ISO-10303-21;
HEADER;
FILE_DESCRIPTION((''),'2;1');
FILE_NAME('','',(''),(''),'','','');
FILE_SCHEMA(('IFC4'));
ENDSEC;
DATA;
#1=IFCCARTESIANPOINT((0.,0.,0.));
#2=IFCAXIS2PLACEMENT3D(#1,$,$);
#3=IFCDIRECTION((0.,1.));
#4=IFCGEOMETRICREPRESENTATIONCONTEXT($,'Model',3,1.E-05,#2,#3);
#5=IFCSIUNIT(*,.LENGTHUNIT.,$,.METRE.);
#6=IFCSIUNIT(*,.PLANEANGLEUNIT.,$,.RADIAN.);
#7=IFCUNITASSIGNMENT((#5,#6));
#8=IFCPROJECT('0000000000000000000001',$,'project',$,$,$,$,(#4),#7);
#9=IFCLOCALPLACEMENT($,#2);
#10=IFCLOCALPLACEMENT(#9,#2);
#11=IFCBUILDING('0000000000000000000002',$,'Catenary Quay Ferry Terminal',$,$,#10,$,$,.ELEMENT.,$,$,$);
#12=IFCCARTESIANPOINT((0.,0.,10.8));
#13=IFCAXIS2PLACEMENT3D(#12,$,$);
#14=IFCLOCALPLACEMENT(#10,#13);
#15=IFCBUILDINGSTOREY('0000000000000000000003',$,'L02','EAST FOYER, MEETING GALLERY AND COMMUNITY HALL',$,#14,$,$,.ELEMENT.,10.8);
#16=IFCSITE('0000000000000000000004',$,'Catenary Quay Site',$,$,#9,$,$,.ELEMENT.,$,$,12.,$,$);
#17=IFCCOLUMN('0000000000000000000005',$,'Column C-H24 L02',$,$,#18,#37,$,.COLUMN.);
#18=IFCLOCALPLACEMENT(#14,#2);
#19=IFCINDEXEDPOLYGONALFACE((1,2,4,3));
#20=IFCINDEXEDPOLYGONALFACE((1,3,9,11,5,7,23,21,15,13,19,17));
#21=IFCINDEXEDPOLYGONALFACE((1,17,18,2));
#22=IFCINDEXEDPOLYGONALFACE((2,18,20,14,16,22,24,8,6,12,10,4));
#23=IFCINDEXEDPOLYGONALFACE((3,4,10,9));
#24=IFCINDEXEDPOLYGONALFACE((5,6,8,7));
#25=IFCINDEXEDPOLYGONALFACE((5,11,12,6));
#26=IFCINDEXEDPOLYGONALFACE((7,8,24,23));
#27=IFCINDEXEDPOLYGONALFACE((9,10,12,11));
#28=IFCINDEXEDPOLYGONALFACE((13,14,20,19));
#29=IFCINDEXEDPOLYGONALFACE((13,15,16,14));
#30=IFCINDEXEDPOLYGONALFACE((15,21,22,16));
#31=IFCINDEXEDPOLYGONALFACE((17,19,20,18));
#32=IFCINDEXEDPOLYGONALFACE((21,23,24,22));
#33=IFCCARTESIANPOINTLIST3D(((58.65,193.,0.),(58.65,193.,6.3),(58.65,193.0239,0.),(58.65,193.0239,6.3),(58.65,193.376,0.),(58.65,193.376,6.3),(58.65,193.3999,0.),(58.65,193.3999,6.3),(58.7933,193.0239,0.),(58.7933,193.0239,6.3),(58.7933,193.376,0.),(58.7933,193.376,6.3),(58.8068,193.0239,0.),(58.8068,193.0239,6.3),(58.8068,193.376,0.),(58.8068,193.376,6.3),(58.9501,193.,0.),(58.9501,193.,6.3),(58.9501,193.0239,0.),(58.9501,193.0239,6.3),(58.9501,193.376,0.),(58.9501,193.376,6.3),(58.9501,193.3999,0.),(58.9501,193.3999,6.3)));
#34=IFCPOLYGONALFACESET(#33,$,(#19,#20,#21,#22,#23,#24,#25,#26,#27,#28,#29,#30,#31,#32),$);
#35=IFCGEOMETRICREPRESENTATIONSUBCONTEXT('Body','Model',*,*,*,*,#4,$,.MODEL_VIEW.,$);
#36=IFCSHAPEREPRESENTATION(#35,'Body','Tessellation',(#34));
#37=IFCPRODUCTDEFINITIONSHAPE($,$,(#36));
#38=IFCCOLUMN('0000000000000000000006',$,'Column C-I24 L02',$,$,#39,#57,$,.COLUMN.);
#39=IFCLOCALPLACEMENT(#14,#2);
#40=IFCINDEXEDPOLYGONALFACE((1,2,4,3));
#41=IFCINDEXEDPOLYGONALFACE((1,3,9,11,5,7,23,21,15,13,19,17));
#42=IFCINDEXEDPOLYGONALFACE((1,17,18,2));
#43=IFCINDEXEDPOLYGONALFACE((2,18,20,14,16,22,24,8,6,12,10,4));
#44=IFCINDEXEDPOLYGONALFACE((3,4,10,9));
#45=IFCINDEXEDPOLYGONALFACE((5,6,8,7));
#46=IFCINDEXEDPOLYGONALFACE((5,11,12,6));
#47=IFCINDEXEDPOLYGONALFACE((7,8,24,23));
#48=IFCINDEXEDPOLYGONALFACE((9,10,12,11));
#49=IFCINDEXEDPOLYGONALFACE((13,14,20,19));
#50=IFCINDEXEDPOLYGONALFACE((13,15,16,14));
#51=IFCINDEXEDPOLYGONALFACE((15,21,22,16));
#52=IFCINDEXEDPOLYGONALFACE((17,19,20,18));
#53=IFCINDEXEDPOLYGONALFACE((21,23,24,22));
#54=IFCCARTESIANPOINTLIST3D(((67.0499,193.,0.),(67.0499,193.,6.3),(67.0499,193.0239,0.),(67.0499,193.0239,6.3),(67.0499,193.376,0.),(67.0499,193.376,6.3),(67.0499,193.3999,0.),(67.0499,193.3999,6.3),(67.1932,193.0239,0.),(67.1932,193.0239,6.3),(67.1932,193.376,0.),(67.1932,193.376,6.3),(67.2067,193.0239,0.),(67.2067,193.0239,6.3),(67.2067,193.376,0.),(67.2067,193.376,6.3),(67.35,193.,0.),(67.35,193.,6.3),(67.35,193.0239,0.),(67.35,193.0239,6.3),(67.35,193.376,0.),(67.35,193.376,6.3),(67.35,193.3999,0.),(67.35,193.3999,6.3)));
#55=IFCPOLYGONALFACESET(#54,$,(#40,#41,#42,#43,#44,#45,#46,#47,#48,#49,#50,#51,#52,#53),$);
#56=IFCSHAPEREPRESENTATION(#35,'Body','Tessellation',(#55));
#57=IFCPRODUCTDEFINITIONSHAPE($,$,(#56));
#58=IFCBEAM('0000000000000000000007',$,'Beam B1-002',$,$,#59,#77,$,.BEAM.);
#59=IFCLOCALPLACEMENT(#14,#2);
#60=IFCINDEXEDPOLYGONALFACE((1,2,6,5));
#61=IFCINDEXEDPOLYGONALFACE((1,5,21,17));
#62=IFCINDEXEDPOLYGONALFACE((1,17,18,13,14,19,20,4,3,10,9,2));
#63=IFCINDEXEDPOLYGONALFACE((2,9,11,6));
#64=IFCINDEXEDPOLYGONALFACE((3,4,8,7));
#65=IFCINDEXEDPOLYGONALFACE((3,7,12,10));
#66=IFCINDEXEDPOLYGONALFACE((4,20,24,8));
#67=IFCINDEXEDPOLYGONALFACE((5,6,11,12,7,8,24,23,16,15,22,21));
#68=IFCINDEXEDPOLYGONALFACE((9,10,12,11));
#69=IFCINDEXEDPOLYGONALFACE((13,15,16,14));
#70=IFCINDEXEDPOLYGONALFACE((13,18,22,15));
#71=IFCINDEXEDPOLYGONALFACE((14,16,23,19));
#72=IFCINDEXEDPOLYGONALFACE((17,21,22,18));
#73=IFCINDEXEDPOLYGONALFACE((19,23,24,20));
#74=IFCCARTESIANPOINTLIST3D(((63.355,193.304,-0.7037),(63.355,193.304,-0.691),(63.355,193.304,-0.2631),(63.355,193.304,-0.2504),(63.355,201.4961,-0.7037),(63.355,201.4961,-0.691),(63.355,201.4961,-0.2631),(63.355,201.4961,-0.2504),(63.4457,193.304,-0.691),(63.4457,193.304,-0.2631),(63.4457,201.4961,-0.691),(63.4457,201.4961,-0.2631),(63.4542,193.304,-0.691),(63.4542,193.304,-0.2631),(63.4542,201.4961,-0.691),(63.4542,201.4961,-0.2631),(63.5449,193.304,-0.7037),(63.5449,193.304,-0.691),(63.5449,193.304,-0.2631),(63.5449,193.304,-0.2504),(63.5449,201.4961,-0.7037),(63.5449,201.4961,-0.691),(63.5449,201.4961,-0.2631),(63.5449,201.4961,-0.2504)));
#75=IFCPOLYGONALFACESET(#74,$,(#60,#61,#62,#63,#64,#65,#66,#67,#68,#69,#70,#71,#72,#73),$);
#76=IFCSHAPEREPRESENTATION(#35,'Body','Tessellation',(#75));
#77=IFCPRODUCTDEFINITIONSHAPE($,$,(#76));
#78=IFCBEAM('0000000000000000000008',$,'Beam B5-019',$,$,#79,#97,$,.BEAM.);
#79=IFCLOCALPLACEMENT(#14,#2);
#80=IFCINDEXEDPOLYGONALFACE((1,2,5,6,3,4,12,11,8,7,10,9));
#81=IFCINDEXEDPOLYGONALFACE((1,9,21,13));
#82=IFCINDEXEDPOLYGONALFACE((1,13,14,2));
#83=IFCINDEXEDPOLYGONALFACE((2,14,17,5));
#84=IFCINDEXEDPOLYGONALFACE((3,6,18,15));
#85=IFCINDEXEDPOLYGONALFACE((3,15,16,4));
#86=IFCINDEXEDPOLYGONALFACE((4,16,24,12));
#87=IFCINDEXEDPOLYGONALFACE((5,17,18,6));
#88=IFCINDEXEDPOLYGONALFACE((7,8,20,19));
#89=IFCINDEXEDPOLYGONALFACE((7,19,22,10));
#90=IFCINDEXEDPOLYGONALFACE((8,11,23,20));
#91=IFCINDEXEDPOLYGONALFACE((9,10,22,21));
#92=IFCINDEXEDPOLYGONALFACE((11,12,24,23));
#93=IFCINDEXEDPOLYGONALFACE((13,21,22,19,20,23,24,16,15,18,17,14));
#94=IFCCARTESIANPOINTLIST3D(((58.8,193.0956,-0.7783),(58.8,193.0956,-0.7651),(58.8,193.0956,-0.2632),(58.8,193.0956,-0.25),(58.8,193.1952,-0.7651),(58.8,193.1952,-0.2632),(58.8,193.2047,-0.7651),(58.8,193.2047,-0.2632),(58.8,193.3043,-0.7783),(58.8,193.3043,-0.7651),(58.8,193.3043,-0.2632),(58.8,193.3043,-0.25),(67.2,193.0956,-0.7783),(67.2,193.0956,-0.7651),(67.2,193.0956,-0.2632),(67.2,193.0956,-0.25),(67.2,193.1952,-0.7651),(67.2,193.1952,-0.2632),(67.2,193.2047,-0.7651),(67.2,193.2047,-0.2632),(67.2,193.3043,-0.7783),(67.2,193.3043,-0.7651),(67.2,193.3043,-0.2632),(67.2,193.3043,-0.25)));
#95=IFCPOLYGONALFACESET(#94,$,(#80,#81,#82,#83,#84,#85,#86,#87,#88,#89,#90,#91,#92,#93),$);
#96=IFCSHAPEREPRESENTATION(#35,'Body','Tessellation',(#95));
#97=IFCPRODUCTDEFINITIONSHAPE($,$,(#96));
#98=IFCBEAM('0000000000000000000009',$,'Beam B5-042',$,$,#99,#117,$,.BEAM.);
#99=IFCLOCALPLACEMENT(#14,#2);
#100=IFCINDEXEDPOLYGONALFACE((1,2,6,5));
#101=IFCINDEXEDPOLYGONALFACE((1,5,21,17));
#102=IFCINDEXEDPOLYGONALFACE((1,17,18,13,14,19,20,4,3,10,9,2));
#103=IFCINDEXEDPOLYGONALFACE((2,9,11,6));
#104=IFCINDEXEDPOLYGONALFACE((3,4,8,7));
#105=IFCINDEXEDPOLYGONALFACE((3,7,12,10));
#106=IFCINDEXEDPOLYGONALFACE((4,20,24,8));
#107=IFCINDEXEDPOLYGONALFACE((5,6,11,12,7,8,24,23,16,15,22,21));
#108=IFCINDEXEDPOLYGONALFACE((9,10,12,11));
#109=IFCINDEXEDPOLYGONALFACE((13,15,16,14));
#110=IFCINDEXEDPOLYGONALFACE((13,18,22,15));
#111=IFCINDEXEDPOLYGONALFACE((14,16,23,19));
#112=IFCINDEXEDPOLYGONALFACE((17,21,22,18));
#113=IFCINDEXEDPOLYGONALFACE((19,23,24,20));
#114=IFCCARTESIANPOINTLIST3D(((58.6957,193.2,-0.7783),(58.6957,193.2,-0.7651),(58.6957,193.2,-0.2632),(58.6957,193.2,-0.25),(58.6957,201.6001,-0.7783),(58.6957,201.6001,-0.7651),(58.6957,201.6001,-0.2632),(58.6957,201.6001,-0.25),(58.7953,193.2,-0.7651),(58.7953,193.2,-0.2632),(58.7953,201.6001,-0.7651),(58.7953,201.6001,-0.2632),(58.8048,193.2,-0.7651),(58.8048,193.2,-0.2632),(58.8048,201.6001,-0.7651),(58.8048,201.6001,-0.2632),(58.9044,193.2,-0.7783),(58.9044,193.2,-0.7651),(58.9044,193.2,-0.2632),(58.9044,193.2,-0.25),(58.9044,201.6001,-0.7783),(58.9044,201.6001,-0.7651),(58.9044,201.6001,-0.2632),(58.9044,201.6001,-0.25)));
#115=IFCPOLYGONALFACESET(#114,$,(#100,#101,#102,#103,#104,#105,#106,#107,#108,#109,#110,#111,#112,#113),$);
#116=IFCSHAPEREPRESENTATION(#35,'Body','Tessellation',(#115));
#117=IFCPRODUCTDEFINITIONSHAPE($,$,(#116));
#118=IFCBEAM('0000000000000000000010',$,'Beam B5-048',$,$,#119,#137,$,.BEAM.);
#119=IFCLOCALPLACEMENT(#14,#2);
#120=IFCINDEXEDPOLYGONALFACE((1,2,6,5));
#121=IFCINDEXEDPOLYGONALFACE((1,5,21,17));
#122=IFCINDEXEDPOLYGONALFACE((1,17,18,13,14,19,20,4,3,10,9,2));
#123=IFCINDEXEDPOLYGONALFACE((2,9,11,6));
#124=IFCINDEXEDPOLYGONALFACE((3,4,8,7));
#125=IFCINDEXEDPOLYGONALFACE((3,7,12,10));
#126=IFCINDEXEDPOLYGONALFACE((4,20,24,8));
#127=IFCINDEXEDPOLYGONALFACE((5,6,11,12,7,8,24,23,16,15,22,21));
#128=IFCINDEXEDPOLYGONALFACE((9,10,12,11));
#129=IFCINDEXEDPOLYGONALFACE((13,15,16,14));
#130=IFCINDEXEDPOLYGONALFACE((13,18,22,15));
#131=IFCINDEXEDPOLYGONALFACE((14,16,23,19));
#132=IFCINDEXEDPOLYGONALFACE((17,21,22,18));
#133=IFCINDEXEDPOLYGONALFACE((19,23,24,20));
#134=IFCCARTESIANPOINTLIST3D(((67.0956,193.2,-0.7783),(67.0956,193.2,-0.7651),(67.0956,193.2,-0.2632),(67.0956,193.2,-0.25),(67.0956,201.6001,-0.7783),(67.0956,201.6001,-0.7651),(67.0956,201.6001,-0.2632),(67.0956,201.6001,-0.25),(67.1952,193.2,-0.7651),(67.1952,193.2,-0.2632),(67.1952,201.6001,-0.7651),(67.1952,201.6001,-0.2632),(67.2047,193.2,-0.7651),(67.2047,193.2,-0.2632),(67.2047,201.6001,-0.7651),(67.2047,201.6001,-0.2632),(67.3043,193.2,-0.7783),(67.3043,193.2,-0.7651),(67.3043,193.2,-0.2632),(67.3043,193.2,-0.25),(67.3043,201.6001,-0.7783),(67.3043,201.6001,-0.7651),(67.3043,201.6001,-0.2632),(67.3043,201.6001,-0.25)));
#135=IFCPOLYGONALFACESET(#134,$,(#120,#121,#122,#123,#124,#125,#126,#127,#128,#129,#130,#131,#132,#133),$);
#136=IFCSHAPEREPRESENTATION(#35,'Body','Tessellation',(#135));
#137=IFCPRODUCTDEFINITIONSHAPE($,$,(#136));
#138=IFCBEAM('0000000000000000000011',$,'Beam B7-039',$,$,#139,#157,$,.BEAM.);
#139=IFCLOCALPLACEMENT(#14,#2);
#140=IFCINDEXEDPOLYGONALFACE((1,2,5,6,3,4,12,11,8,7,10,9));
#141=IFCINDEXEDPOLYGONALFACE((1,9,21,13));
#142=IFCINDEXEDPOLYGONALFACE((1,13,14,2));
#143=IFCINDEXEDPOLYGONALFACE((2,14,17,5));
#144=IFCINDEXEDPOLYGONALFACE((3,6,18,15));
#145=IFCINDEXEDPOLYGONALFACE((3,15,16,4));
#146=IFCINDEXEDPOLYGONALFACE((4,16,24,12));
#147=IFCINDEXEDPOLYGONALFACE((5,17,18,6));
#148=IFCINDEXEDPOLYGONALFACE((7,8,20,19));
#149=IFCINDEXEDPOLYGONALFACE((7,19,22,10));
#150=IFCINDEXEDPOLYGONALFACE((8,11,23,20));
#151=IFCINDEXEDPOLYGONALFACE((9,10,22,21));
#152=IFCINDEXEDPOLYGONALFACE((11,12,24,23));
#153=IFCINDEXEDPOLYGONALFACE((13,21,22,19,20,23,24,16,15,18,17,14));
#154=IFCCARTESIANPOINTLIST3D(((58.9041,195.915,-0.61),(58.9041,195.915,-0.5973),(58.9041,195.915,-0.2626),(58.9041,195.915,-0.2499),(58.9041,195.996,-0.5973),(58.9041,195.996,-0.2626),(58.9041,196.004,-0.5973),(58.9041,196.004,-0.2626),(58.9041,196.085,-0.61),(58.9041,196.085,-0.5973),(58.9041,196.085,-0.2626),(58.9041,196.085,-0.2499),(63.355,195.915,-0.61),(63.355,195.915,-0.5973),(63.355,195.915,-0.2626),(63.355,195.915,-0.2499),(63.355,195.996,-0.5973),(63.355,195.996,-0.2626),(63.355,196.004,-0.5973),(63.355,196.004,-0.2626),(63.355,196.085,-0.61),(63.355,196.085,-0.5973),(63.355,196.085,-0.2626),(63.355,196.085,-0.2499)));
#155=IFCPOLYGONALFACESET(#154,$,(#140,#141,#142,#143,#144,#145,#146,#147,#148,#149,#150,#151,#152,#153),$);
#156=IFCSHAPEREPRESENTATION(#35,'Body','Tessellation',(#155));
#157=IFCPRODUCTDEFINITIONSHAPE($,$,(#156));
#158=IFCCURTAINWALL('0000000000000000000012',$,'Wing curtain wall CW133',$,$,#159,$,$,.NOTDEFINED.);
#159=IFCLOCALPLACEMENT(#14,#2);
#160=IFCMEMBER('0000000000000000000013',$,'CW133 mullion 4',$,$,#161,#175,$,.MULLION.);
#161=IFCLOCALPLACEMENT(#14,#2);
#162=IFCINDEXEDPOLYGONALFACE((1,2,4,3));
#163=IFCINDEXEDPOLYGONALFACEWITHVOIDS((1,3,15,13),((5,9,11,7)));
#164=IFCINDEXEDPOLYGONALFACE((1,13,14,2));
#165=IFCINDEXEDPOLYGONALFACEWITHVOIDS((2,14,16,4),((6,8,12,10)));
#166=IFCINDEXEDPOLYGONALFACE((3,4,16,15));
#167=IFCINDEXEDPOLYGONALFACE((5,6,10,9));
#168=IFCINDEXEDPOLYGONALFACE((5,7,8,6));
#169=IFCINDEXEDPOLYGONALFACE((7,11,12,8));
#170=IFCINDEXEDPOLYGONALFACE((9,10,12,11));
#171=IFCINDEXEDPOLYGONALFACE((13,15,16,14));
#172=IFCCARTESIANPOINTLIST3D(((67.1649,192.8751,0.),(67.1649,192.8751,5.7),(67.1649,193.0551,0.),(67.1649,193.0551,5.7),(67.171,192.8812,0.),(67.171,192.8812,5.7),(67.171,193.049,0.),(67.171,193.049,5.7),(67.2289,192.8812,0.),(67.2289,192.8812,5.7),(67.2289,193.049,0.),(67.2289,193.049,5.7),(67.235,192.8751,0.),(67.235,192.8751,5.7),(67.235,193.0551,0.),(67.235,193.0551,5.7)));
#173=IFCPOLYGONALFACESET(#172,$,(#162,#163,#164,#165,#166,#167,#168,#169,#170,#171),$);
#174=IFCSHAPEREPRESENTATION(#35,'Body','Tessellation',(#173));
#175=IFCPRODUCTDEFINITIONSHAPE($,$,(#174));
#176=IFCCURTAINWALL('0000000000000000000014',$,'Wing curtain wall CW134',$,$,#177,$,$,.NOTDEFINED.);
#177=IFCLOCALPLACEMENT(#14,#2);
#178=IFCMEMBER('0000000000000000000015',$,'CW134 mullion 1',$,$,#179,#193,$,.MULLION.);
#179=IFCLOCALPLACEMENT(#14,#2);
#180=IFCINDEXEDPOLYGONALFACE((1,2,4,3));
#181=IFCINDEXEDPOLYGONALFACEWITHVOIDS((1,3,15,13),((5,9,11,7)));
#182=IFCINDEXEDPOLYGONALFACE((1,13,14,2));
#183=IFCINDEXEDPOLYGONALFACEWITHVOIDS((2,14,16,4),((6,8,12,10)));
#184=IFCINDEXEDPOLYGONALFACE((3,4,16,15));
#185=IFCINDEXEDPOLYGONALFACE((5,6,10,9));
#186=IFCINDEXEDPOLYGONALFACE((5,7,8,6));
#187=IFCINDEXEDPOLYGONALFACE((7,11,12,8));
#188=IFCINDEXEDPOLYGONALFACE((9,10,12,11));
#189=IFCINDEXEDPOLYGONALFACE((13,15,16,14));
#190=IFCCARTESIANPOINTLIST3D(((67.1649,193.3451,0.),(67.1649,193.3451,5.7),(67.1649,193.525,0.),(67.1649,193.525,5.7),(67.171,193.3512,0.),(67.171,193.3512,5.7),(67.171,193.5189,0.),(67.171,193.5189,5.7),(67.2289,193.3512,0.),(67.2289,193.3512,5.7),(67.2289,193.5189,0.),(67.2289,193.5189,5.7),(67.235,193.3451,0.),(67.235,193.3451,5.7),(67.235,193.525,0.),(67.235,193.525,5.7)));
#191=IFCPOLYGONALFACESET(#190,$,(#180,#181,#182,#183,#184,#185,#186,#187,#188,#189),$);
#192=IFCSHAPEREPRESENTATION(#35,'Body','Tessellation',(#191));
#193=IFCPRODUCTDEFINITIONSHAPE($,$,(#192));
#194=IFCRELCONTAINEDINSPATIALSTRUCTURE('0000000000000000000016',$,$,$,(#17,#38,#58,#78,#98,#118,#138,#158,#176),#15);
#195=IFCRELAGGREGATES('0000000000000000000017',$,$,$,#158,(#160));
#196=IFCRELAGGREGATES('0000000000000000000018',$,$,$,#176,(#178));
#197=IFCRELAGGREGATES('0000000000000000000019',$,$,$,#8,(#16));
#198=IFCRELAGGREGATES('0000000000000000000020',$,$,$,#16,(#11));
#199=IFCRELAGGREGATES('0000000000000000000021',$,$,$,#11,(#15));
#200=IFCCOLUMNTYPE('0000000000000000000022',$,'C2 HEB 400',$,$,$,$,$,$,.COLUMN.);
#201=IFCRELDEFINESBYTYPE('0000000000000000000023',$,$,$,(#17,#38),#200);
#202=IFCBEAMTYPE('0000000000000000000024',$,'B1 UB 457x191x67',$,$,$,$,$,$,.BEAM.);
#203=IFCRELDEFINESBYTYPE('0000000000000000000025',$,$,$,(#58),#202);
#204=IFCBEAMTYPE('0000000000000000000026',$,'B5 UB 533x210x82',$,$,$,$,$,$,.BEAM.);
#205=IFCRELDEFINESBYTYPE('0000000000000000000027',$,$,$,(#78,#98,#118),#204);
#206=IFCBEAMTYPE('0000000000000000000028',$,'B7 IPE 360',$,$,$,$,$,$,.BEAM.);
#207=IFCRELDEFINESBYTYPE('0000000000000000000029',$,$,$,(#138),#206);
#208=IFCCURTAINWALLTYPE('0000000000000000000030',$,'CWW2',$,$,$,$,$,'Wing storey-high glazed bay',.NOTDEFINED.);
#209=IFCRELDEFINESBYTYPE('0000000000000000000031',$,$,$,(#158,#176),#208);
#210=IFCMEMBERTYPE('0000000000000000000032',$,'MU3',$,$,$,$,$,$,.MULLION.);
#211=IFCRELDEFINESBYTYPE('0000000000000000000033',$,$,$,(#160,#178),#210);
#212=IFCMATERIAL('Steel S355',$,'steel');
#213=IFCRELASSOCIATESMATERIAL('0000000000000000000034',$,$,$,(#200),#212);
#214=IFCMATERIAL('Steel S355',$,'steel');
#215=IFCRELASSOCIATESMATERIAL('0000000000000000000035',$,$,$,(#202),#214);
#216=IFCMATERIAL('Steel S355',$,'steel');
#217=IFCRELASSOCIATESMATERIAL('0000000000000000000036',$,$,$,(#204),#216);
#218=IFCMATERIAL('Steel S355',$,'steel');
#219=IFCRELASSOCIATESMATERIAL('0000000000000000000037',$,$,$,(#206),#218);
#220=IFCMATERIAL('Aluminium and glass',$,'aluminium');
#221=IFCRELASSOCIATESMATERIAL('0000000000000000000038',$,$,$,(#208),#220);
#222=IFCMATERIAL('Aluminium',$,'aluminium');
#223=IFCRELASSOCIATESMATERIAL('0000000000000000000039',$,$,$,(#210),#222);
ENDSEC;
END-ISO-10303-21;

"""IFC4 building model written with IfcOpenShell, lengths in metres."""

from ifc_helpers import new_model, si_unit, direction, frame, origin, origin_2d, place, context, subcontext, project, spatial, hollow_rectangle, i_section, extrude, material, material_profile, profile_set, type_object, element, aggregate, save


model = new_model("IFC4")

# Units and contexts
model_context = context("Model", 3, precision=1e-05, world=origin(), true_north=direction((0.0, 1.0)))
body_context = subcontext(model_context, "Body", "Model", "MODEL_VIEW")
ifc_project = project(units=[si_unit("LENGTHUNIT", "METRE"), si_unit("PLANEANGLEUNIT", "RADIAN")], contexts=[model_context])

# Site, building, storey
site_placement = place(None, origin())
site = spatial("IfcSite", under=ifc_project, at=site_placement, Name="Catenary Quay Site", CompositionType="ELEMENT", RefElevation=12.0)
building_placement = place(site_placement, origin())
building = spatial("IfcBuilding", under=site, at=building_placement, Name="Catenary Quay Ferry Terminal", CompositionType="ELEMENT")
storey_placement = place(building_placement, frame((0.0, 0.0, 10.8)))
storey = spatial("IfcBuildingStorey", under=building, at=storey_placement, Name="L02", Description="EAST FOYER, MEETING GALLERY AND COMMUNITY HALL", CompositionType="ELEMENT", Elevation=10.8)

# Columns
ifc_material_1 = material(Name="Steel S355", Category="steel")
ifc_material_profile_1 = material_profile(ifc_material_1, i_section(OverallWidth=0.3, OverallDepth=0.3999, WebThickness=0.0134, FlangeThickness=0.0239, at=origin_2d()), Name="HEB 400")
ifc_profile_set_1 = profile_set([ifc_material_profile_1], Name="Steel S355")
column_type = type_object("IfcColumnType", Name="C2 HEB 400", PredefinedType="COLUMN", material=ifc_profile_set_1)
for number, where, z_axis, x_axis, name in (
    (1, (58.8, 193.2, 0.0), (0.0, 0.0, 1.0), (1.0, 0.0, 0.0), "Column C-H24 L02"),
    (2, (67.2, 193.2, 0.0), (0.0, 0.0, 1.0), (1.0, 0.0, 0.0), "Column C-I24 L02"),
):
    element("IfcColumn", number, at=place(storey_placement, frame(where, z_axis=z_axis, x_axis=x_axis)), inside=storey, type_object=column_type, Name=name, PredefinedType="COLUMN", context=body_context, shape_type="SweptSolid", body=[
        extrude(i_section(OverallWidth=0.3, OverallDepth=0.3999, WebThickness=0.0134, FlangeThickness=0.0239, at=origin_2d()), origin(), (0.0, 0.0, 1.0), 6.3),
    ])

# Beams
ifc_material_2 = material(Name="Steel S355", Category="steel")
ifc_material_profile_2 = material_profile(ifc_material_2, i_section(OverallWidth=0.1899, OverallDepth=0.4534, WebThickness=0.0085, FlangeThickness=0.0127, at=origin_2d()), Name="UB 457x191x67")
ifc_profile_set_2 = profile_set([ifc_material_profile_2], Name="Steel S355")
beam_type_1 = type_object("IfcBeamType", Name="B1 UB 457x191x67", PredefinedType="BEAM", material=ifc_profile_set_2)
beam_1_placement = place(storey_placement, frame((63.45, 193.304, -0.4771), z_axis=(0.0, 1.0, 0.0), x_axis=(-1.0, 0.0, 0.0)))
element("IfcBeam", 3, at=beam_1_placement, inside=storey, type_object=beam_type_1, Name="Beam B1-002", PredefinedType="BEAM", context=body_context, shape_type="SweptSolid", body=[
    extrude(i_section(OverallWidth=0.1899, OverallDepth=0.4534, WebThickness=0.0085, FlangeThickness=0.0127, at=origin_2d()), origin(), (0.0, 0.0, 1.0), 8.1921),
])
ifc_material_3 = material(Name="Steel S355", Category="steel")
ifc_material_profile_3 = material_profile(ifc_material_3, i_section(OverallWidth=0.2087, OverallDepth=0.5283, WebThickness=0.0095, FlangeThickness=0.0132, at=origin_2d()), Name="UB 533x210x82")
ifc_profile_set_3 = profile_set([ifc_material_profile_3], Name="Steel S355")
beam_type_2 = type_object("IfcBeamType", Name="B5 UB 533x210x82", PredefinedType="BEAM", material=ifc_profile_set_3)
beam_2_placement = place(storey_placement, frame((58.8, 193.2, -0.5142), z_axis=(1.0, 0.0, 0.0), x_axis=(0.0, 1.0, 0.0)))
element("IfcBeam", 4, at=beam_2_placement, inside=storey, type_object=beam_type_2, Name="Beam B5-019", PredefinedType="BEAM", context=body_context, shape_type="SweptSolid", body=[
    extrude(i_section(OverallWidth=0.2087, OverallDepth=0.5283, WebThickness=0.0095, FlangeThickness=0.0132, at=origin_2d()), origin(), (0.0, 0.0, 1.0), 8.3999),
])
for number, where, z_axis, x_axis, name in (
    (5, (58.8, 193.2, -0.5142), (0.0, 1.0, 0.0), (-1.0, 0.0, 0.0), "Beam B5-042"),
    (6, (67.2, 193.2, -0.5142), (0.0, 1.0, 0.0), (-1.0, 0.0, 0.0), "Beam B5-048"),
):
    element("IfcBeam", number, at=place(storey_placement, frame(where, z_axis=z_axis, x_axis=x_axis)), inside=storey, type_object=beam_type_2, Name=name, PredefinedType="BEAM", context=body_context, shape_type="SweptSolid", body=[
        extrude(i_section(OverallWidth=0.2087, OverallDepth=0.5283, WebThickness=0.0095, FlangeThickness=0.0132, at=origin_2d()), origin(), (0.0, 0.0, 1.0), 8.4001),
    ])
ifc_material_4 = material(Name="Steel S355", Category="steel")
ifc_material_profile_4 = material_profile(ifc_material_4, i_section(OverallWidth=0.1699, OverallDepth=0.3601, WebThickness=0.0081, FlangeThickness=0.0127, at=origin_2d()), Name="IPE 360")
ifc_profile_set_4 = profile_set([ifc_material_profile_4], Name="Steel S355")
beam_type_3 = type_object("IfcBeamType", Name="B7 IPE 360", PredefinedType="BEAM", material=ifc_profile_set_4)
beam_3_placement = place(storey_placement, frame((58.9041, 196.0, -0.4299), z_axis=(1.0, 0.0, 0.0), x_axis=(0.0, 1.0, 0.0)))
element("IfcBeam", 7, at=beam_3_placement, inside=storey, type_object=beam_type_3, Name="Beam B7-039", PredefinedType="BEAM", context=body_context, shape_type="SweptSolid", body=[
    extrude(i_section(OverallWidth=0.1699, OverallDepth=0.3601, WebThickness=0.0081, FlangeThickness=0.0127, at=origin_2d()), origin(), (0.0, 0.0, 1.0), 4.4509),
])

# Curtain wall, member
ifc_material_5 = material(Name="Aluminium and glass", Category="aluminium")
curtain_wall_type = type_object("IfcCurtainWallType", Name="CWW2", ElementType="Wing storey-high glazed bay", PredefinedType="NOTDEFINED", material=ifc_material_5)
curtain_wall_1_placement = place(storey_placement, origin())
curtain_wall_1 = element("IfcCurtainWall", 8, at=curtain_wall_1_placement, inside=storey, type_object=curtain_wall_type, Name="Wing curtain wall CW133", PredefinedType="NOTDEFINED")
ifc_material_6 = material(Name="Aluminium", Category="aluminium")
ifc_material_profile_5 = material_profile(ifc_material_6, hollow_rectangle(XDim=0.0701, YDim=0.1799, WallThickness=0.0061, at=origin_2d()), Name="MU3")
ifc_profile_set_5 = profile_set([ifc_material_profile_5], Name="Aluminium")
member_type_1 = type_object("IfcMemberType", Name="MU3", PredefinedType="MULLION", material=ifc_profile_set_5)
member_1_placement = place(storey_placement, frame((67.2, 192.9651, 0.0), z_axis=(0.0, 0.0, 1.0), x_axis=(-1.0, 0.0, 0.0)))
member_1 = element("IfcMember", 9, at=member_1_placement, type_object=member_type_1, Name="CW133 mullion 4", PredefinedType="MULLION", context=body_context, shape_type="SweptSolid", body=[
    extrude(hollow_rectangle(XDim=0.0701, YDim=0.1799, WallThickness=0.0061, at=origin_2d()), origin(), (0.0, 0.0, 1.0), 5.7),
])
aggregate(curtain_wall_1, [member_1])

# Curtain wall, member
curtain_wall_2_placement = place(storey_placement, origin())
curtain_wall_2 = element("IfcCurtainWall", 10, at=curtain_wall_2_placement, inside=storey, type_object=curtain_wall_type, Name="Wing curtain wall CW134", PredefinedType="NOTDEFINED")
member_2_placement = place(storey_placement, frame((67.2, 193.4351, 0.0), z_axis=(0.0, 0.0, 1.0), x_axis=(-1.0, 0.0, 0.0)))
member_2 = element("IfcMember", 11, at=member_2_placement, type_object=member_type_1, Name="CW134 mullion 1", PredefinedType="MULLION", context=body_context, shape_type="SweptSolid", body=[
    extrude(hollow_rectangle(XDim=0.0701, YDim=0.1799, WallThickness=0.0061, at=origin_2d()), origin(), (0.0, 0.0, 1.0), 5.7),
])
aggregate(curtain_wall_2, [member_2])

save(model, "model.ifc")
